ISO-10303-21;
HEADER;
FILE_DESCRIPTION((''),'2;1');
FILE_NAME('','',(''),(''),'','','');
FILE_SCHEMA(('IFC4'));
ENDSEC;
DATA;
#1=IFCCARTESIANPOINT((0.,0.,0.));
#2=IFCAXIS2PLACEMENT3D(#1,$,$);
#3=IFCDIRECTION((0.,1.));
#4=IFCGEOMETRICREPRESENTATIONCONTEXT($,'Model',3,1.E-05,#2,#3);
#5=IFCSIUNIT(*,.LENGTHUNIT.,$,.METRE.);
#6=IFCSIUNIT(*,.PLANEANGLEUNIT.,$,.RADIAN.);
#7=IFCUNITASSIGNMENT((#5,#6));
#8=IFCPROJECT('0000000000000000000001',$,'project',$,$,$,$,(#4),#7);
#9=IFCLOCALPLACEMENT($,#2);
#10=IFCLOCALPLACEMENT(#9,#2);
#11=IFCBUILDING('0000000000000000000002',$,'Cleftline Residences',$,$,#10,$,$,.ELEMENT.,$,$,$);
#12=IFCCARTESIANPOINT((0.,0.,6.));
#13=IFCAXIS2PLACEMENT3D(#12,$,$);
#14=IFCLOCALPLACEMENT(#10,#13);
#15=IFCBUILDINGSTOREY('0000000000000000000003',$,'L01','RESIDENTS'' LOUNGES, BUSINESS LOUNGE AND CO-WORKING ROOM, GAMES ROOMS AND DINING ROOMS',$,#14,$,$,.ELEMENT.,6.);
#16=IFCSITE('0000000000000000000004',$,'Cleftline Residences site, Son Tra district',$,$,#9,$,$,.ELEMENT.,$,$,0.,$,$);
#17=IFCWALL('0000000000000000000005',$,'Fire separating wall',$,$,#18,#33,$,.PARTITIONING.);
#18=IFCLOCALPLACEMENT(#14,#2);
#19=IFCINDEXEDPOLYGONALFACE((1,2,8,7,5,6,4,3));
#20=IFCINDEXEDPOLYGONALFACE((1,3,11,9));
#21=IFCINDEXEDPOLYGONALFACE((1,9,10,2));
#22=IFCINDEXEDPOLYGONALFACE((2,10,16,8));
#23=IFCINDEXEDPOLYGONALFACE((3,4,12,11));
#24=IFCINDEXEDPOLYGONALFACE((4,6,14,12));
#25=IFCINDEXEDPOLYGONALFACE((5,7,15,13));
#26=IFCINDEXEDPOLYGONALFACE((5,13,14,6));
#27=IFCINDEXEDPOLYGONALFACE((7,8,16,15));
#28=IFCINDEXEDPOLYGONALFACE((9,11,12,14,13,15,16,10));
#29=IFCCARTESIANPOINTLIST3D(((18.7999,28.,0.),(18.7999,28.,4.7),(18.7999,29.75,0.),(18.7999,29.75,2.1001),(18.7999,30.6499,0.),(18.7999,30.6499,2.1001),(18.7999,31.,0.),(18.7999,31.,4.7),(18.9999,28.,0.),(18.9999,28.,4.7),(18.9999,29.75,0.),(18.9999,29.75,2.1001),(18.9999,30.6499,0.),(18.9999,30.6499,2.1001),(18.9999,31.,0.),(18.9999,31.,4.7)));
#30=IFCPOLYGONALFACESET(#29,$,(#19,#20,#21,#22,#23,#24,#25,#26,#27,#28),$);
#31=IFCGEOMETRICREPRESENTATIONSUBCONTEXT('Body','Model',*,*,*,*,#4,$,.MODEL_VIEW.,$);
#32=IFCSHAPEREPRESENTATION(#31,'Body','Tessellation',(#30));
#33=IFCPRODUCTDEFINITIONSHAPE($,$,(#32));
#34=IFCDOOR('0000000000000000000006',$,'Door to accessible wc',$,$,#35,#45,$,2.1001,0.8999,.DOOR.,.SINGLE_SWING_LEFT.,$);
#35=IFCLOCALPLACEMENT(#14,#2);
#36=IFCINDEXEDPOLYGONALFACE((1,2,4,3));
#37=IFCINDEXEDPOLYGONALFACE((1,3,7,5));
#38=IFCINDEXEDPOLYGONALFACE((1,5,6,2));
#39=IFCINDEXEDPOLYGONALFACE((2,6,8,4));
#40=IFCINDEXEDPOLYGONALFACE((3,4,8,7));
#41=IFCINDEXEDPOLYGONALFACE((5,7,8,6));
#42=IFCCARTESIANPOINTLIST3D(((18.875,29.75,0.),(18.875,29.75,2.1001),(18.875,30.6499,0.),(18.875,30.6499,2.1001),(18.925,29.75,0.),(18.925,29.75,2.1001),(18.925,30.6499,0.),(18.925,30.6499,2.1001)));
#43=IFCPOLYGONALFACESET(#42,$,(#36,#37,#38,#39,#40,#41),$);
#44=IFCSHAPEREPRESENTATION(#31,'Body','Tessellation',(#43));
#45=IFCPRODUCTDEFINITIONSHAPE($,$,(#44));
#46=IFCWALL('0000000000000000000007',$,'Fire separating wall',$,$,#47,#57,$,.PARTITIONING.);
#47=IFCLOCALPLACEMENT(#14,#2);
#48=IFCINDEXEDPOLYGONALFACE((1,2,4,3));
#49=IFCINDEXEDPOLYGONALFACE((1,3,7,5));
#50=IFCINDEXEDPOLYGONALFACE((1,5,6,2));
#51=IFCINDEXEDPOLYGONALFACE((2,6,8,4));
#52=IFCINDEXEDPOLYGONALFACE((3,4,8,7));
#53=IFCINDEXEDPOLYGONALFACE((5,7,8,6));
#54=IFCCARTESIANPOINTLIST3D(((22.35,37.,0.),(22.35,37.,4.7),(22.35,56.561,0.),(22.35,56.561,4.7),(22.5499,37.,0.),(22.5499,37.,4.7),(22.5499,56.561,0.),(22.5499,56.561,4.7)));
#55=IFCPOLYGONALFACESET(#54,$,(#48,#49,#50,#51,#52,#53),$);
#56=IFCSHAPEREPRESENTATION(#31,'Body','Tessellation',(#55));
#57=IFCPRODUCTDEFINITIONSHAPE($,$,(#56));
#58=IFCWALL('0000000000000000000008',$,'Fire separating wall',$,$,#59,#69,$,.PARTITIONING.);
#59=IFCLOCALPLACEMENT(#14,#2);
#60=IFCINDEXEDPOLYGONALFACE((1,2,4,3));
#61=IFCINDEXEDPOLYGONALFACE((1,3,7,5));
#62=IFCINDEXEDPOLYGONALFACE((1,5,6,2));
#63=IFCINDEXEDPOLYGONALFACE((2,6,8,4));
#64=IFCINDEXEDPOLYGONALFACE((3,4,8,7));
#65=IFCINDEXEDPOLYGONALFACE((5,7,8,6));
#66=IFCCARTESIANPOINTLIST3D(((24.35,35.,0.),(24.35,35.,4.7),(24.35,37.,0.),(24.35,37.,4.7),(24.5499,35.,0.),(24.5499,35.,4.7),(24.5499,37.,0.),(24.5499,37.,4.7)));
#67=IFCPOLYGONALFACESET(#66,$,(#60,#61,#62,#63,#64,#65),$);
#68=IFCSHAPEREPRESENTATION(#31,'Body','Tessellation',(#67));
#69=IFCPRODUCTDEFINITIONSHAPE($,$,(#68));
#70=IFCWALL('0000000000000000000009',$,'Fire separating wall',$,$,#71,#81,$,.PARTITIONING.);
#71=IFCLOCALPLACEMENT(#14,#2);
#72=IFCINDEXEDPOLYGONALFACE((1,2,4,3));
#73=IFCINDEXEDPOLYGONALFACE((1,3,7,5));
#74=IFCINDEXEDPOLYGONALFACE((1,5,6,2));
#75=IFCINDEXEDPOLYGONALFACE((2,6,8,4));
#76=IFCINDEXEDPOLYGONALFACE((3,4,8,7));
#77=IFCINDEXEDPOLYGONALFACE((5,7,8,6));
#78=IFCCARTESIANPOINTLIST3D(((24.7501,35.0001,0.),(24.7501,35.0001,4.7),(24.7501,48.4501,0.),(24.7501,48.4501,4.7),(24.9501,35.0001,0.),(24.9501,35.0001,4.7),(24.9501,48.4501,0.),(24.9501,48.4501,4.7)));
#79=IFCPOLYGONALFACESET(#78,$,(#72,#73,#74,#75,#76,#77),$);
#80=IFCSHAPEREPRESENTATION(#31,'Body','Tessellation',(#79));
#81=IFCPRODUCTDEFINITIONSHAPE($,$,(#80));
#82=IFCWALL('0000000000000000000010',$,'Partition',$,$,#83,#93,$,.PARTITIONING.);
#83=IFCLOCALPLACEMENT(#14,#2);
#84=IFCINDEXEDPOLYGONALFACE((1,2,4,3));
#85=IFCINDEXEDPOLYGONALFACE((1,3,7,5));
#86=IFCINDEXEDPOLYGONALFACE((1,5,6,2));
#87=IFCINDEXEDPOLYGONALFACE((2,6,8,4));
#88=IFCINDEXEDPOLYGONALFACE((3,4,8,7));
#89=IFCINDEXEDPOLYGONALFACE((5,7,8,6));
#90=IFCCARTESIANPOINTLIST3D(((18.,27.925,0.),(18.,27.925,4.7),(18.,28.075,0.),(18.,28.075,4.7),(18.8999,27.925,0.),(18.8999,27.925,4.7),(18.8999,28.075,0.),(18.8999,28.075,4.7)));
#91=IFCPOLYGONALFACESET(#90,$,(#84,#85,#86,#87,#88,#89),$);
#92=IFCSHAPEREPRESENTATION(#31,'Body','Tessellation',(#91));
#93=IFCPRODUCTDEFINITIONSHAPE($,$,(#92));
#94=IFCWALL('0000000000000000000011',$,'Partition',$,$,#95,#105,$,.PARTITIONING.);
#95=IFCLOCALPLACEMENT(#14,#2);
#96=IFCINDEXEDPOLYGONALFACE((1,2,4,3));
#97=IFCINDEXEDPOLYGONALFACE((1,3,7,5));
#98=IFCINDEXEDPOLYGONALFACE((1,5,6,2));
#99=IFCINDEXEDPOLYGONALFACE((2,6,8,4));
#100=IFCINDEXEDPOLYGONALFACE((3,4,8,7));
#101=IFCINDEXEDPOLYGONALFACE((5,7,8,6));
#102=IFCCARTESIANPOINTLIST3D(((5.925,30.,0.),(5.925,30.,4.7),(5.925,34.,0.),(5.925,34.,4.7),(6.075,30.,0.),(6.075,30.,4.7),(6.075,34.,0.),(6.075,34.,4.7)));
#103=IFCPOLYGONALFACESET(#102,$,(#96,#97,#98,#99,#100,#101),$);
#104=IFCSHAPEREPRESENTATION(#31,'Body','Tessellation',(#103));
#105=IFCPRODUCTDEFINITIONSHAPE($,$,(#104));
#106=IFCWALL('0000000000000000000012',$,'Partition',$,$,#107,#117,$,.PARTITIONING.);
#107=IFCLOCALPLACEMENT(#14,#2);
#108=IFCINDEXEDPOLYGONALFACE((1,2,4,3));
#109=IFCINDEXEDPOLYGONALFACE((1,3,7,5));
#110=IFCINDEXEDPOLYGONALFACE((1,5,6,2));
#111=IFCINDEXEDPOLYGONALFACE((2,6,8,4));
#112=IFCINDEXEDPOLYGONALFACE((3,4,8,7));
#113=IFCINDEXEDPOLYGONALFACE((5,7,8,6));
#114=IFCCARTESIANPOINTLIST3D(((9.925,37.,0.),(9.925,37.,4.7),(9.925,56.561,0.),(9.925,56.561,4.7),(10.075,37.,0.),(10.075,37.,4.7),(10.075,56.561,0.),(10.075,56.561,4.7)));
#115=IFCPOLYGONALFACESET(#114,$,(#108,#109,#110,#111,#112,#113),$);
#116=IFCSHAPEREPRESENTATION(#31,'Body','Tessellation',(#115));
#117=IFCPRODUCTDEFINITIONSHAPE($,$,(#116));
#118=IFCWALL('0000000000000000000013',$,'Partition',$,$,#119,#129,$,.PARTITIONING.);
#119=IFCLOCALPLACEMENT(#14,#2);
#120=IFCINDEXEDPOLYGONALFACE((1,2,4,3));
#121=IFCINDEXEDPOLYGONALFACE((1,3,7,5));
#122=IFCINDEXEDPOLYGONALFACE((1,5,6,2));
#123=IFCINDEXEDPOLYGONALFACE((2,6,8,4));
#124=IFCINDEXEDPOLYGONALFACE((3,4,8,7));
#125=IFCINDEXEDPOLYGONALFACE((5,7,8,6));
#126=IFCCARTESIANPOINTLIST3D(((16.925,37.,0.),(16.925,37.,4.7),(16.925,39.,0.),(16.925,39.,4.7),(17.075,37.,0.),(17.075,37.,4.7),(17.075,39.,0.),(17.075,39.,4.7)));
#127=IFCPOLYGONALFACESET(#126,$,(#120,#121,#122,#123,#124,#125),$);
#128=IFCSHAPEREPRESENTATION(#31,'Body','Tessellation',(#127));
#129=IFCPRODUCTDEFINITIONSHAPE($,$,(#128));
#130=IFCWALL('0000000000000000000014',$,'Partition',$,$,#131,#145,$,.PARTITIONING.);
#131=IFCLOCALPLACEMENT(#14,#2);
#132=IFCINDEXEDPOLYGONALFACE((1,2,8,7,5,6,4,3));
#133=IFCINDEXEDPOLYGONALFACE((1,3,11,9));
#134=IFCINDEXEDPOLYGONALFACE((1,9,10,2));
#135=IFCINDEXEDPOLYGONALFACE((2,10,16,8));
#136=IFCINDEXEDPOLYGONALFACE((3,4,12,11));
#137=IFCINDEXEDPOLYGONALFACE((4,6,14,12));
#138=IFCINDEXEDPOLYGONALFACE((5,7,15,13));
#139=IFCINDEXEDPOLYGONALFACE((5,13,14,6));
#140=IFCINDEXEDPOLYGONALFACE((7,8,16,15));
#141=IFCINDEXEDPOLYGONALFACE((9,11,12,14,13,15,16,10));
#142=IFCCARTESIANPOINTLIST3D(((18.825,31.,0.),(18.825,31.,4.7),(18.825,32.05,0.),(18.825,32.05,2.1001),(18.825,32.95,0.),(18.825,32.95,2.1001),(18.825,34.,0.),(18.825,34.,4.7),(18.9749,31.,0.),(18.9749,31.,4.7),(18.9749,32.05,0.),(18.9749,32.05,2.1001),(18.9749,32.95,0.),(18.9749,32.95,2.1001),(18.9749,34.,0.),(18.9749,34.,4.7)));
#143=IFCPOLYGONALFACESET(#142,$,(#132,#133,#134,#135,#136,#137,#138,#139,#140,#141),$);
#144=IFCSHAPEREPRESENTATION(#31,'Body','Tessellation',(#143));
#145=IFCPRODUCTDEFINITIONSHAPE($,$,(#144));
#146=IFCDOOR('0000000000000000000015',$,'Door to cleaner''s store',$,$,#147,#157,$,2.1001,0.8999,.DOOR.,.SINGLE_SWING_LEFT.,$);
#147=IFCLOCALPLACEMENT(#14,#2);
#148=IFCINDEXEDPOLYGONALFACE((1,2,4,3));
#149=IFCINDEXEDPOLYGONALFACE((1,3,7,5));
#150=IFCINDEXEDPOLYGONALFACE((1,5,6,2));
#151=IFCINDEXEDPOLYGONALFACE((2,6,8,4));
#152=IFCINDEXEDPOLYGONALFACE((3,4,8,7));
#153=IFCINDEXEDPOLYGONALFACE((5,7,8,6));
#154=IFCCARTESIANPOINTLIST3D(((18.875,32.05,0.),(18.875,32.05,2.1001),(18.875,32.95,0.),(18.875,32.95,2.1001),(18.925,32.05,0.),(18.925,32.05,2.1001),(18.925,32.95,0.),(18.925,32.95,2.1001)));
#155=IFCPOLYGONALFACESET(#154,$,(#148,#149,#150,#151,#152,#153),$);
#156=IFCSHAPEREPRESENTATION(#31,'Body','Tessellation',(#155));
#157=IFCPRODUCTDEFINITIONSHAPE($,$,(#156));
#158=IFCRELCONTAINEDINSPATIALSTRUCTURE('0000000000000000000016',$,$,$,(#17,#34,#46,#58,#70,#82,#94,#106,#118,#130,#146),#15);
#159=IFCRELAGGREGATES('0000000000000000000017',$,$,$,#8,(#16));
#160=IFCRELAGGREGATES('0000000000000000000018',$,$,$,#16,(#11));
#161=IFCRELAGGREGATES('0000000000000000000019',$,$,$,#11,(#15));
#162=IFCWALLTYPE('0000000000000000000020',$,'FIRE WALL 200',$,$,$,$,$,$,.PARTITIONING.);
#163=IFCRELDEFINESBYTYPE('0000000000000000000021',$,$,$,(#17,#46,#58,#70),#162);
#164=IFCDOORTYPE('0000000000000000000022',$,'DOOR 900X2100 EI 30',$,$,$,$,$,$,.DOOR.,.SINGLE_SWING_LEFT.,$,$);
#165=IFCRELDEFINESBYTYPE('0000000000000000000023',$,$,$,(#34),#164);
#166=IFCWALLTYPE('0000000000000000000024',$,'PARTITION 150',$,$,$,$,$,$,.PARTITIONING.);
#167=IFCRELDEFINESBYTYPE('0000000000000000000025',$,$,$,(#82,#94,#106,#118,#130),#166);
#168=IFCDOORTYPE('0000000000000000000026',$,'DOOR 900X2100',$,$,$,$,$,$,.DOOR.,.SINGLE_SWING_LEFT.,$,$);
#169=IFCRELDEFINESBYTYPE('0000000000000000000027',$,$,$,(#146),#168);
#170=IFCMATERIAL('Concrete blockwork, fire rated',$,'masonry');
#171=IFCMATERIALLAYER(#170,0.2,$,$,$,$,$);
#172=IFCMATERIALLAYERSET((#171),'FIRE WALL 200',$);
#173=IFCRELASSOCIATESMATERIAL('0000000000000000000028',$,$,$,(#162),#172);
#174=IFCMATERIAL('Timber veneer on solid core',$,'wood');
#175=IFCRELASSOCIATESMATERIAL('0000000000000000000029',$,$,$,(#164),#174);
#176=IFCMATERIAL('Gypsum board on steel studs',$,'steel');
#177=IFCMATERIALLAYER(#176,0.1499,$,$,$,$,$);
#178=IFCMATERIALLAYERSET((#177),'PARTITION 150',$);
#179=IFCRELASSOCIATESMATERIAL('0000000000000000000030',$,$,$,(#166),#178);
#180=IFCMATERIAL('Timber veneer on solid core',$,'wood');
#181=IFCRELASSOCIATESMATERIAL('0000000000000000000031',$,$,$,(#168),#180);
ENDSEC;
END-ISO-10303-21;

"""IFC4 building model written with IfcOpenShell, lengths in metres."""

from ifc_helpers import new_model, si_unit, direction, frame, frame_2d, origin, place, context, subcontext, project, spatial, rectangle, extrude, material, layer, layer_set, type_object, element, fill, save


model = new_model("IFC4")

# Units and contexts
model_context = context("Model", 3, precision=1e-05, world=origin(), true_north=direction((0.0, 1.0)))
body_context = subcontext(model_context, "Body", "Model", "MODEL_VIEW")
ifc_project = project(units=[si_unit("LENGTHUNIT", "METRE"), si_unit("PLANEANGLEUNIT", "RADIAN")], contexts=[model_context])

# Site, building, storey
site_placement = place(None, origin())
site = spatial("IfcSite", under=ifc_project, at=site_placement, Name="Cleftline Residences site, Son Tra district", CompositionType="ELEMENT", RefElevation=0.0)
building_placement = place(site_placement, origin())
building = spatial("IfcBuilding", under=site, at=building_placement, Name="Cleftline Residences", CompositionType="ELEMENT")
storey_placement = place(building_placement, frame((0.0, 0.0, 6.0)))
storey = spatial("IfcBuildingStorey", under=building, at=storey_placement, Name="L01", Description="RESIDENTS' LOUNGES, BUSINESS LOUNGE AND CO-WORKING ROOM, GAMES ROOMS AND DINING ROOMS", CompositionType="ELEMENT", Elevation=6.0)

# Shared definitions
ifc_material_1 = material(Name="Concrete blockwork, fire rated", Category="masonry")
ifc_layer_1 = layer(ifc_material_1, 0.2)
ifc_layer_set_1 = layer_set([ifc_layer_1], Name="FIRE WALL 200")
wall_type_1 = type_object("IfcWallType", Name="FIRE WALL 200", PredefinedType="PARTITIONING", material=ifc_layer_set_1)

# Wall, opening, door
wall_1_placement = place(storey_placement, frame((18.8999, 28.0, 0.0), z_axis=(0.0, 0.0, 1.0), x_axis=(0.0, 1.0, 0.0)))
wall_1 = element("IfcWall", 1, at=wall_1_placement, inside=storey, type_object=wall_type_1, Name="Fire separating wall", PredefinedType="PARTITIONING", context=body_context, shape_type="SweptSolid", body=[
    extrude(rectangle(XDim=3.0, YDim=0.2, at=frame_2d((1.5, 0.0))), origin(), (0.0, 0.0, 1.0), 4.7),
])
opening_1_placement = place(wall_1_placement, frame((1.75, 0.0, 0.0)))
opening_1 = element("IfcOpeningElement", 2, at=opening_1_placement, cuts=wall_1, PredefinedType="OPENING", context=body_context, shape_type="SweptSolid", body=[
    extrude(rectangle(XDim=0.8999, YDim=2.1001, at=frame_2d((0.45, 1.05))), frame((0.0, 0.1099, 0.0), z_axis=(0.0, -1.0, 0.0), x_axis=(1.0, 0.0, 0.0)), (0.0, 0.0, 1.0), 0.22),
])
ifc_material_2 = material(Name="Timber veneer on solid core", Category="wood")
door_type_1 = type_object("IfcDoorType", Name="DOOR 900X2100 EI 30", OperationType="SINGLE_SWING_LEFT", PredefinedType="DOOR", material=ifc_material_2)
door_1_placement = place(opening_1_placement, origin())
door_1 = element("IfcDoor", 3, at=door_1_placement, inside=storey, type_object=door_type_1, Name="Door to accessible wc", OperationType="SINGLE_SWING_LEFT", OverallHeight=2.1001, OverallWidth=0.8999, PredefinedType="DOOR", context=body_context, shape_type="SweptSolid", body=[
    extrude(rectangle(XDim=0.8999, YDim=2.1001, at=frame_2d((0.45, 1.05))), frame((0.0, 0.0249, 0.0), z_axis=(0.0, -1.0, 0.0), x_axis=(1.0, 0.0, 0.0)), (0.0, 0.0, 1.0), 0.05),
])
fill(opening_1, door_1)

# Walls
wall_2_placement = place(storey_placement, frame((22.45, 37.0, 0.0), z_axis=(0.0, 0.0, 1.0), x_axis=(0.0, 1.0, 0.0)))
element("IfcWall", 4, at=wall_2_placement, inside=storey, type_object=wall_type_1, Name="Fire separating wall", PredefinedType="PARTITIONING", context=body_context, shape_type="SweptSolid", body=[
    extrude(rectangle(XDim=19.561, YDim=0.2, at=frame_2d((9.7805, 0.0))), origin(), (0.0, 0.0, 1.0), 4.7),
])
wall_3_placement = place(storey_placement, frame((24.45, 35.0, 0.0), z_axis=(0.0, 0.0, 1.0), x_axis=(0.0, 1.0, 0.0)))
element("IfcWall", 5, at=wall_3_placement, inside=storey, type_object=wall_type_1, Name="Fire separating wall", PredefinedType="PARTITIONING", context=body_context, shape_type="SweptSolid", body=[
    extrude(rectangle(XDim=2.0, YDim=0.2, at=frame_2d((1.0, 0.0))), origin(), (0.0, 0.0, 1.0), 4.7),
])
wall_4_placement = place(storey_placement, frame((24.8501, 35.0, 0.0), z_axis=(0.0, 0.0, 1.0), x_axis=(0.0, 1.0, 0.0)))
element("IfcWall", 6, at=wall_4_placement, inside=storey, type_object=wall_type_1, Name="Fire separating wall", PredefinedType="PARTITIONING", context=body_context, shape_type="SweptSolid", body=[
    extrude(rectangle(XDim=13.45, YDim=0.2, at=frame_2d((6.7251, 0.0))), origin(), (0.0, 0.0, 1.0), 4.7),
])
ifc_material_3 = material(Name="Gypsum board on steel studs", Category="steel")
ifc_layer_2 = layer(ifc_material_3, 0.1499)
ifc_layer_set_2 = layer_set([ifc_layer_2], Name="PARTITION 150")
wall_type_2 = type_object("IfcWallType", Name="PARTITION 150", PredefinedType="PARTITIONING", material=ifc_layer_set_2)
wall_5_placement = place(storey_placement, frame((18.0, 28.0, 0.0), z_axis=(0.0, 0.0, 1.0), x_axis=(1.0, 0.0, 0.0)))
element("IfcWall", 7, at=wall_5_placement, inside=storey, type_object=wall_type_2, Name="Partition", PredefinedType="PARTITIONING", context=body_context, shape_type="SweptSolid", body=[
    extrude(rectangle(XDim=0.8999, YDim=0.1499, at=frame_2d((0.45, 0.0))), origin(), (0.0, 0.0, 1.0), 4.7),
])
wall_6_placement = place(storey_placement, frame((6.0, 30.0, 0.0), z_axis=(0.0, 0.0, 1.0), x_axis=(0.0, 1.0, 0.0)))
element("IfcWall", 8, at=wall_6_placement, inside=storey, type_object=wall_type_2, Name="Partition", PredefinedType="PARTITIONING", context=body_context, shape_type="SweptSolid", body=[
    extrude(rectangle(XDim=4.0, YDim=0.1499, at=frame_2d((2.0, 0.0))), origin(), (0.0, 0.0, 1.0), 4.7),
])
wall_7_placement = place(storey_placement, frame((10.0, 37.0, 0.0), z_axis=(0.0, 0.0, 1.0), x_axis=(0.0, 1.0, 0.0)))
element("IfcWall", 9, at=wall_7_placement, inside=storey, type_object=wall_type_2, Name="Partition", PredefinedType="PARTITIONING", context=body_context, shape_type="SweptSolid", body=[
    extrude(rectangle(XDim=19.561, YDim=0.1499, at=frame_2d((9.7805, 0.0))), origin(), (0.0, 0.0, 1.0), 4.7),
])
wall_8_placement = place(storey_placement, frame((17.0, 37.0, 0.0), z_axis=(0.0, 0.0, 1.0), x_axis=(0.0, 1.0, 0.0)))
element("IfcWall", 10, at=wall_8_placement, inside=storey, type_object=wall_type_2, Name="Partition", PredefinedType="PARTITIONING", context=body_context, shape_type="SweptSolid", body=[
    extrude(rectangle(XDim=2.0, YDim=0.1499, at=frame_2d((1.0, 0.0))), origin(), (0.0, 0.0, 1.0), 4.7),
])

# Wall, opening, door
wall_9_placement = place(storey_placement, frame((18.8999, 31.0, 0.0), z_axis=(0.0, 0.0, 1.0), x_axis=(0.0, 1.0, 0.0)))
wall_9 = element("IfcWall", 11, at=wall_9_placement, inside=storey, type_object=wall_type_2, Name="Partition", PredefinedType="PARTITIONING", context=body_context, shape_type="SweptSolid", body=[
    extrude(rectangle(XDim=3.0, YDim=0.1499, at=frame_2d((1.5, 0.0))), origin(), (0.0, 0.0, 1.0), 4.7),
])
opening_2_placement = place(wall_9_placement, frame((1.05, 0.0, 0.0)))
opening_2 = element("IfcOpeningElement", 12, at=opening_2_placement, cuts=wall_9, PredefinedType="OPENING", context=body_context, shape_type="SweptSolid", body=[
    extrude(rectangle(XDim=0.8999, YDim=2.1001, at=frame_2d((0.45, 1.05))), frame((0.0, 0.085, 0.0), z_axis=(0.0, -1.0, 0.0), x_axis=(1.0, 0.0, 0.0)), (0.0, 0.0, 1.0), 0.1699),
])
ifc_material_4 = material(Name="Timber veneer on solid core", Category="wood")
door_type_2 = type_object("IfcDoorType", Name="DOOR 900X2100", OperationType="SINGLE_SWING_LEFT", PredefinedType="DOOR", material=ifc_material_4)
door_2_placement = place(opening_2_placement, origin())
door_2 = element("IfcDoor", 13, at=door_2_placement, inside=storey, type_object=door_type_2, Name="Door to cleaner's store", OperationType="SINGLE_SWING_LEFT", OverallHeight=2.1001, OverallWidth=0.8999, PredefinedType="DOOR", context=body_context, shape_type="SweptSolid", body=[
    extrude(rectangle(XDim=0.8999, YDim=2.1001, at=frame_2d((0.45, 1.05))), frame((0.0, 0.0249, 0.0), z_axis=(0.0, -1.0, 0.0), x_axis=(1.0, 0.0, 0.0)), (0.0, 0.0, 1.0), 0.05),
])
fill(opening_2, door_2)

save(model, "model.ifc")
